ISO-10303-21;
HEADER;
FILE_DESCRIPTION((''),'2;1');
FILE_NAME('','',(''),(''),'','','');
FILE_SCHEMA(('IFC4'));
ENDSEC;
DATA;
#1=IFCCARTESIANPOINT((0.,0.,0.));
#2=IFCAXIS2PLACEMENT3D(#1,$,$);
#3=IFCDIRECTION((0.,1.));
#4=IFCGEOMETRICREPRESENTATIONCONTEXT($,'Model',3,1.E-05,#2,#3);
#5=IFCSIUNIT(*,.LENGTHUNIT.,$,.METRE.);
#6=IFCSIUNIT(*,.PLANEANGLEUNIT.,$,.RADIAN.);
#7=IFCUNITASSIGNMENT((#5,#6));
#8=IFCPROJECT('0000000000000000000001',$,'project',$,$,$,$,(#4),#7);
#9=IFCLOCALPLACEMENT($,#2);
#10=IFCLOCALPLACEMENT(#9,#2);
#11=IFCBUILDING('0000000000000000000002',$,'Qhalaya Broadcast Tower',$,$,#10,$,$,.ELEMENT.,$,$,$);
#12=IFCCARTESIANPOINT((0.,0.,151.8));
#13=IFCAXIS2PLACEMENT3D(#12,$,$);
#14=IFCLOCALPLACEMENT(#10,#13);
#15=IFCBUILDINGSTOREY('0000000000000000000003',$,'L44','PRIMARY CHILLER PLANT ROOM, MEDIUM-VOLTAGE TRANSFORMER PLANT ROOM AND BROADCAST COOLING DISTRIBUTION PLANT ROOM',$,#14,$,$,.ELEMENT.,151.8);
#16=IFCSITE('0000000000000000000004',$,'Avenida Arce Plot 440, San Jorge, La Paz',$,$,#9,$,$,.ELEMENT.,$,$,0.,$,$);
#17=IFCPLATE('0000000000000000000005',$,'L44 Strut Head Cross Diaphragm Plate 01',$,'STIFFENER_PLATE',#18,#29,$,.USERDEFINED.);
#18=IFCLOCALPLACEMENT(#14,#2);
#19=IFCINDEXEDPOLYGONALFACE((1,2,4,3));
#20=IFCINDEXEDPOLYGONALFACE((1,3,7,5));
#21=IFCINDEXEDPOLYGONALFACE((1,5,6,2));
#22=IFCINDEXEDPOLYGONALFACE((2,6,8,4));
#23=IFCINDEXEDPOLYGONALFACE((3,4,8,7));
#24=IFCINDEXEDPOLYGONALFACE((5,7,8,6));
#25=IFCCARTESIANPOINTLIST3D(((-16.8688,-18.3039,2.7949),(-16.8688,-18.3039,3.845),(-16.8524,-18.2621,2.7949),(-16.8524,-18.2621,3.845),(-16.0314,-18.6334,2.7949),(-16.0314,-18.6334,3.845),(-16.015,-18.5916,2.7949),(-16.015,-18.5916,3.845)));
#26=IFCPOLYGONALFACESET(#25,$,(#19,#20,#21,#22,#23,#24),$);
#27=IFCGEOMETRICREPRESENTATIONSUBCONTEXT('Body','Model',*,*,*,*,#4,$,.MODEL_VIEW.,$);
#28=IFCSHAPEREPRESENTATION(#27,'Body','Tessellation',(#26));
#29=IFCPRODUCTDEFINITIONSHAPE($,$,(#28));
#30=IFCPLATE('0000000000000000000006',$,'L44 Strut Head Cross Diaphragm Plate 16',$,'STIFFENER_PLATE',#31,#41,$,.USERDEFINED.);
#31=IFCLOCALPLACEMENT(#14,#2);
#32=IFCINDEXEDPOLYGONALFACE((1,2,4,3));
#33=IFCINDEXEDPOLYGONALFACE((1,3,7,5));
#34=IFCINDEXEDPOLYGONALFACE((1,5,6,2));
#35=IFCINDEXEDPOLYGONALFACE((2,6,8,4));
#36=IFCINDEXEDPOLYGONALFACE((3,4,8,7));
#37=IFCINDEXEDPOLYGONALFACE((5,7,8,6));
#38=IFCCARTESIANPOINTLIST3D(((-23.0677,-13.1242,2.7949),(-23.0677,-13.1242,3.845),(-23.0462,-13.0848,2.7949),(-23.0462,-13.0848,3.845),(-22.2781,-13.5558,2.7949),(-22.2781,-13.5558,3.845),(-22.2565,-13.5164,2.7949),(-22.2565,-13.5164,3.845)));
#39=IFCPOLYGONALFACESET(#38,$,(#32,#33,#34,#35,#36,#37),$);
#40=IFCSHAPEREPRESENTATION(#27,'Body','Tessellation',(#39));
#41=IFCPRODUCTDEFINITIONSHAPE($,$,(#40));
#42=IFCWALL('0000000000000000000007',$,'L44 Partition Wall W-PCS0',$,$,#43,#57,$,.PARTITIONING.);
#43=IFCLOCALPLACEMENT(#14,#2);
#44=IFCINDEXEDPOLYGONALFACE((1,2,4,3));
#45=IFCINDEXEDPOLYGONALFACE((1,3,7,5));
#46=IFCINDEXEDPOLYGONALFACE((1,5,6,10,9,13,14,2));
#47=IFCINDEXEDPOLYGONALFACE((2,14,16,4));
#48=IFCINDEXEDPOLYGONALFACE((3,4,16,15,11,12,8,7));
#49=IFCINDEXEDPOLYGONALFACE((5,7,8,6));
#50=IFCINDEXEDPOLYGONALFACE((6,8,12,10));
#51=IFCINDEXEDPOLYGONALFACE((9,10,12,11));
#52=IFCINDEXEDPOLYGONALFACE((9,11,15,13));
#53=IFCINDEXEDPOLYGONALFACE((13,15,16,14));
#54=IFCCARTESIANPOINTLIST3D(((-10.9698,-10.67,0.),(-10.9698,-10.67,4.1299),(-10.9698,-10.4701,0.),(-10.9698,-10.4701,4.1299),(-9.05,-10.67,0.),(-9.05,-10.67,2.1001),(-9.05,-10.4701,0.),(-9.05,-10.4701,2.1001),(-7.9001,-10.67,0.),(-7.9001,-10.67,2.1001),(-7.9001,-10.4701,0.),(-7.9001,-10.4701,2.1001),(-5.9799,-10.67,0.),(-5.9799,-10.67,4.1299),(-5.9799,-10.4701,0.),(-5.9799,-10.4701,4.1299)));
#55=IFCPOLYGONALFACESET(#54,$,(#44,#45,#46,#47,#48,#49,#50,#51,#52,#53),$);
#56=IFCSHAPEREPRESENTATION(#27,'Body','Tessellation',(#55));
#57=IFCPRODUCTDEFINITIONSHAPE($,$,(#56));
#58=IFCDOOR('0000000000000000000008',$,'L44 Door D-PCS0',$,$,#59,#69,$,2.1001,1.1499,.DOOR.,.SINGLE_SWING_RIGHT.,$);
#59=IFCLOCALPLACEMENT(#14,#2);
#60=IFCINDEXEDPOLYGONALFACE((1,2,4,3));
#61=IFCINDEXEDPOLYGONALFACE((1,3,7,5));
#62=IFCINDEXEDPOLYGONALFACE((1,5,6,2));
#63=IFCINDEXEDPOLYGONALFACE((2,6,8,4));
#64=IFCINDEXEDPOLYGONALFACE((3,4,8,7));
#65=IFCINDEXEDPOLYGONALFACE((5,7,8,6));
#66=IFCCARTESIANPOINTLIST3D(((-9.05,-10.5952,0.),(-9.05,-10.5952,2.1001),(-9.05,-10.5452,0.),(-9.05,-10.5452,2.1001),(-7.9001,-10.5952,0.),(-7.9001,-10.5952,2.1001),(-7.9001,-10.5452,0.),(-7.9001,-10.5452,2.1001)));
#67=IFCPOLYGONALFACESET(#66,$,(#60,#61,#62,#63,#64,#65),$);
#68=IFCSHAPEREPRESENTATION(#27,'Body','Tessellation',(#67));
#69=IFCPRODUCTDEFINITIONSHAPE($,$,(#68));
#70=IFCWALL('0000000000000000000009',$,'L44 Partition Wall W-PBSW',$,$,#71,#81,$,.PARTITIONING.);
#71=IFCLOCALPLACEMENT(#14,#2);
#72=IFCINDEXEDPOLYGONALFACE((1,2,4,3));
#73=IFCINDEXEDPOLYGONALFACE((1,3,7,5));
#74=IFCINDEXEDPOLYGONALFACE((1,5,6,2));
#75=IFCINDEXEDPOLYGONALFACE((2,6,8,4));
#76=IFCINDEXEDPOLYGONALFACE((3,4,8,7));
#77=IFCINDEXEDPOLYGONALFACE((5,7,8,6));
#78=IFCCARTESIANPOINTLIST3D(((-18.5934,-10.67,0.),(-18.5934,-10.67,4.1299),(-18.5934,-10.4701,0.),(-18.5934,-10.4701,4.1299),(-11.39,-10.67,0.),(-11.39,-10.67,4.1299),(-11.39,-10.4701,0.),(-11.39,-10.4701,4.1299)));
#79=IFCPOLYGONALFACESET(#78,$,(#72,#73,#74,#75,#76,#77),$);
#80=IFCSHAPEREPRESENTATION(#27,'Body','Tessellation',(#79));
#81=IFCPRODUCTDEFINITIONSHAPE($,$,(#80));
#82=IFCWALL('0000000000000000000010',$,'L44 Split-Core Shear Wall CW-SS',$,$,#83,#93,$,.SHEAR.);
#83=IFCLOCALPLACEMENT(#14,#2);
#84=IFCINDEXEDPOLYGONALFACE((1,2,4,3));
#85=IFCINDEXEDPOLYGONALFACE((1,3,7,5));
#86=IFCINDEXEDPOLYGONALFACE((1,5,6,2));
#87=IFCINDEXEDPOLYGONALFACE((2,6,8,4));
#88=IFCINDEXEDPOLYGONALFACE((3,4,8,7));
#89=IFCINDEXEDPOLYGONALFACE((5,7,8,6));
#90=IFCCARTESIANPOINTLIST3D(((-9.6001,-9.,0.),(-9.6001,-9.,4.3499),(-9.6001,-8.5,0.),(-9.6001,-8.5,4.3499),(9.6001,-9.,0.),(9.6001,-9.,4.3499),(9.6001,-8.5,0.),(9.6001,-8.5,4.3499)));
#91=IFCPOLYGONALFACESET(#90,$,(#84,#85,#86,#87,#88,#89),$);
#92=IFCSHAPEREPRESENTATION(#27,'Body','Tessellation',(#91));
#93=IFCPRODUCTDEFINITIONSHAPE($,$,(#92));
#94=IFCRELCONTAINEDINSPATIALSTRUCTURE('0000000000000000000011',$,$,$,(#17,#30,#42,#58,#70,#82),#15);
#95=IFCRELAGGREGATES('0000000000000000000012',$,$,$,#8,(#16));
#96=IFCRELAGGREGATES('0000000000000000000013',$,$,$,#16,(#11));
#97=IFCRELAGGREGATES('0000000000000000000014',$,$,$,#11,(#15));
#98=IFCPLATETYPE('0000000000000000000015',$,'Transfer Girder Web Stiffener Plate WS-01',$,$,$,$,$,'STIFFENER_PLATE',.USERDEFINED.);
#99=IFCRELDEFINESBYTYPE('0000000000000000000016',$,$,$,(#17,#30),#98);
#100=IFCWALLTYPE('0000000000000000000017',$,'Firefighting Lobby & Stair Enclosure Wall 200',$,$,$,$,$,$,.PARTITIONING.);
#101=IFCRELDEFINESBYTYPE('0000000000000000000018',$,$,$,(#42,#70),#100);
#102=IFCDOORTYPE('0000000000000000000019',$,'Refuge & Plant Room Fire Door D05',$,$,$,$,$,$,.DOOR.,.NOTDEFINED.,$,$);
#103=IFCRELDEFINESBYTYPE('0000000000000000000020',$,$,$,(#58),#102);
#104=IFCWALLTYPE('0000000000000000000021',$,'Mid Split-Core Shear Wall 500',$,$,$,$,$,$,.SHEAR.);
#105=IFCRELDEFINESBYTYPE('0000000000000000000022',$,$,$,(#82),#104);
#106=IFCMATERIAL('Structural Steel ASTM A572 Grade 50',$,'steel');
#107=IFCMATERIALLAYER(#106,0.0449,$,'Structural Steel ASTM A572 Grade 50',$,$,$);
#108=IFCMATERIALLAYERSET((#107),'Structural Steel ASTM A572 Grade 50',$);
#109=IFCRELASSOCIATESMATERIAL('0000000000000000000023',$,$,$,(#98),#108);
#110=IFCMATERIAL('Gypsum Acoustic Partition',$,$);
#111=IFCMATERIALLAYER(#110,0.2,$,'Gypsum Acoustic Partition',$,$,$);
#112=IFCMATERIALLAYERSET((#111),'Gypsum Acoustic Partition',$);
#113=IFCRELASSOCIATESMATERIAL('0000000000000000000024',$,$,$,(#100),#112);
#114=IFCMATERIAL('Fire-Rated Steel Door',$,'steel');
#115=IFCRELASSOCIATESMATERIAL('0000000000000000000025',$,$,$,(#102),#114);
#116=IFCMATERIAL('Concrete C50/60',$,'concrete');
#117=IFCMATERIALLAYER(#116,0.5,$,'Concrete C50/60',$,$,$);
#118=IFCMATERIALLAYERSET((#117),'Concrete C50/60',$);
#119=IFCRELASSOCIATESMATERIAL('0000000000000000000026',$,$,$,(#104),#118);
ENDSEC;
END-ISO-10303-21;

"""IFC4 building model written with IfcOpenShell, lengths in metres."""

from ifc_helpers import new_model, si_unit, direction, frame, frame_2d, origin, origin_2d, place, context, subcontext, project, spatial, rectangle, extrude, material, layer, layer_set, type_object, element, fill, save


model = new_model("IFC4")

# Units and contexts
model_context = context("Model", 3, precision=1e-05, world=origin(), true_north=direction((0.0, 1.0)))
body_context = subcontext(model_context, "Body", "Model", "MODEL_VIEW")
ifc_project = project(units=[si_unit("LENGTHUNIT", "METRE"), si_unit("PLANEANGLEUNIT", "RADIAN")], contexts=[model_context])

# Site, building, storey
site_placement = place(None, origin())
site = spatial("IfcSite", under=ifc_project, at=site_placement, Name="Avenida Arce Plot 440, San Jorge, La Paz", CompositionType="ELEMENT", RefElevation=0.0)
building_placement = place(site_placement, origin())
building = spatial("IfcBuilding", under=site, at=building_placement, Name="Qhalaya Broadcast Tower", CompositionType="ELEMENT")
storey_placement = place(building_placement, frame((0.0, 0.0, 151.8)))
storey = spatial("IfcBuildingStorey", under=building, at=storey_placement, Name="L44", Description="PRIMARY CHILLER PLANT ROOM, MEDIUM-VOLTAGE TRANSFORMER PLANT ROOM AND BROADCAST COOLING DISTRIBUTION PLANT ROOM", CompositionType="ELEMENT", Elevation=151.8)

# Shared definitions
ifc_material_1 = material(Name="Structural Steel ASTM A572 Grade 50", Category="steel")

# Plates
ifc_layer_1 = layer(ifc_material_1, 0.0449, Name="Structural Steel ASTM A572 Grade 50")
ifc_layer_set_1 = layer_set([ifc_layer_1], Name="Structural Steel ASTM A572 Grade 50")
plate_type_1 = type_object("IfcPlateType", Name="Transfer Girder Web Stiffener Plate WS-01", ElementType="STIFFENER_PLATE", PredefinedType="USERDEFINED", material=ifc_layer_set_1)
for number, where, z_axis, x_axis, name in (
    (1, (-16.4419, -18.4478, 2.7949), (0.0, 0.0, 1.0), (0.93052, -0.366241, 0.0), "L44 Strut Head Cross Diaphragm Plate 01"),
    (2, (-22.6621, -13.3203, 2.7949), (0.0, 0.0, 1.0), (0.877481, -0.479611, 0.0), "L44 Strut Head Cross Diaphragm Plate 16"),
):
    element("IfcPlate", number, at=place(storey_placement, frame(where, z_axis=z_axis, x_axis=x_axis)), inside=storey, type_object=plate_type_1, Name=name, ObjectType="STIFFENER_PLATE", PredefinedType="USERDEFINED", context=body_context, shape_type="SweptSolid", body=[
        extrude(rectangle(XDim=0.8999, YDim=0.0449, at=origin_2d()), origin(), (0.0, 0.0, 1.0), 1.05),
    ])

# Wall, opening, door
ifc_material_2 = material(Name="Gypsum Acoustic Partition")
ifc_layer_2 = layer(ifc_material_2, 0.2, Name="Gypsum Acoustic Partition")
ifc_layer_set_2 = layer_set([ifc_layer_2], Name="Gypsum Acoustic Partition")
wall_type_1 = type_object("IfcWallType", Name="Firefighting Lobby & Stair Enclosure Wall 200", PredefinedType="PARTITIONING", material=ifc_layer_set_2)
wall_1_placement = place(storey_placement, frame((-10.97, -10.5701, 0.0), z_axis=(0.0, 0.0, 1.0), x_axis=(1.0, 0.0, 0.0)))
wall_1 = element("IfcWall", 3, at=wall_1_placement, inside=storey, type_object=wall_type_1, Name="L44 Partition Wall W-PCS0", PredefinedType="PARTITIONING", context=body_context, shape_type="SweptSolid", body=[
    extrude(rectangle(XDim=4.99, YDim=0.2, at=frame_2d((2.4951, 0.0))), origin(), (0.0, 0.0, 1.0), 4.1299),
])
opening_placement = place(wall_1_placement, frame((1.9199, 0.0, 0.0)))
opening = element("IfcOpeningElement", 4, at=opening_placement, cuts=wall_1, PredefinedType="OPENING", context=body_context, shape_type="SweptSolid", body=[
    extrude(rectangle(XDim=1.1499, YDim=2.1001, at=frame_2d((0.575, 1.05))), frame((0.0, 0.1121, 0.0), z_axis=(0.0, -1.0, 0.0), x_axis=(1.0, 0.0, 0.0)), (0.0, 0.0, 1.0), 0.2239),
])
ifc_material_3 = material(Name="Fire-Rated Steel Door", Category="steel")
door_type = type_object("IfcDoorType", Name="Refuge & Plant Room Fire Door D05", OperationType="NOTDEFINED", PredefinedType="DOOR", material=ifc_material_3)
door_placement = place(opening_placement, origin())
door = element("IfcDoor", 5, at=door_placement, inside=storey, type_object=door_type, Name="L44 Door D-PCS0", OperationType="SINGLE_SWING_RIGHT", OverallHeight=2.1001, OverallWidth=1.1499, PredefinedType="DOOR", context=body_context, shape_type="SweptSolid", body=[
    extrude(rectangle(XDim=1.1499, YDim=2.1001, at=frame_2d((0.575, 1.05))), frame((0.0, 0.0249, 0.0), z_axis=(0.0, -1.0, 0.0), x_axis=(1.0, 0.0, 0.0)), (0.0, 0.0, 1.0), 0.05),
])
fill(opening, door)

# Walls
wall_2_placement = place(storey_placement, frame((-18.5933, -10.5701, 0.0), z_axis=(0.0, 0.0, 1.0), x_axis=(1.0, 0.0, 0.0)))
element("IfcWall", 6, at=wall_2_placement, inside=storey, type_object=wall_type_1, Name="L44 Partition Wall W-PBSW", PredefinedType="PARTITIONING", context=body_context, shape_type="SweptSolid", body=[
    extrude(rectangle(XDim=7.2034, YDim=0.2, at=frame_2d((3.6016, 0.0))), origin(), (0.0, 0.0, 1.0), 4.1299),
])
ifc_material_4 = material(Name="Concrete C50/60", Category="concrete")
ifc_layer_3 = layer(ifc_material_4, 0.5, Name="Concrete C50/60")
ifc_layer_set_3 = layer_set([ifc_layer_3], Name="Concrete C50/60")
wall_type_2 = type_object("IfcWallType", Name="Mid Split-Core Shear Wall 500", PredefinedType="SHEAR", material=ifc_layer_set_3)
wall_3_placement = place(storey_placement, frame((-9.6001, -8.75, 0.0), z_axis=(0.0, 0.0, 1.0), x_axis=(1.0, 0.0, 0.0)))
element("IfcWall", 7, at=wall_3_placement, inside=storey, type_object=wall_type_2, Name="L44 Split-Core Shear Wall CW-SS", PredefinedType="SHEAR", context=body_context, shape_type="SweptSolid", body=[
    extrude(rectangle(XDim=19.2002, YDim=0.5, at=frame_2d((9.6001, 0.0))), origin(), (0.0, 0.0, 1.0), 4.3499),
])

save(model, "model.ifc")
